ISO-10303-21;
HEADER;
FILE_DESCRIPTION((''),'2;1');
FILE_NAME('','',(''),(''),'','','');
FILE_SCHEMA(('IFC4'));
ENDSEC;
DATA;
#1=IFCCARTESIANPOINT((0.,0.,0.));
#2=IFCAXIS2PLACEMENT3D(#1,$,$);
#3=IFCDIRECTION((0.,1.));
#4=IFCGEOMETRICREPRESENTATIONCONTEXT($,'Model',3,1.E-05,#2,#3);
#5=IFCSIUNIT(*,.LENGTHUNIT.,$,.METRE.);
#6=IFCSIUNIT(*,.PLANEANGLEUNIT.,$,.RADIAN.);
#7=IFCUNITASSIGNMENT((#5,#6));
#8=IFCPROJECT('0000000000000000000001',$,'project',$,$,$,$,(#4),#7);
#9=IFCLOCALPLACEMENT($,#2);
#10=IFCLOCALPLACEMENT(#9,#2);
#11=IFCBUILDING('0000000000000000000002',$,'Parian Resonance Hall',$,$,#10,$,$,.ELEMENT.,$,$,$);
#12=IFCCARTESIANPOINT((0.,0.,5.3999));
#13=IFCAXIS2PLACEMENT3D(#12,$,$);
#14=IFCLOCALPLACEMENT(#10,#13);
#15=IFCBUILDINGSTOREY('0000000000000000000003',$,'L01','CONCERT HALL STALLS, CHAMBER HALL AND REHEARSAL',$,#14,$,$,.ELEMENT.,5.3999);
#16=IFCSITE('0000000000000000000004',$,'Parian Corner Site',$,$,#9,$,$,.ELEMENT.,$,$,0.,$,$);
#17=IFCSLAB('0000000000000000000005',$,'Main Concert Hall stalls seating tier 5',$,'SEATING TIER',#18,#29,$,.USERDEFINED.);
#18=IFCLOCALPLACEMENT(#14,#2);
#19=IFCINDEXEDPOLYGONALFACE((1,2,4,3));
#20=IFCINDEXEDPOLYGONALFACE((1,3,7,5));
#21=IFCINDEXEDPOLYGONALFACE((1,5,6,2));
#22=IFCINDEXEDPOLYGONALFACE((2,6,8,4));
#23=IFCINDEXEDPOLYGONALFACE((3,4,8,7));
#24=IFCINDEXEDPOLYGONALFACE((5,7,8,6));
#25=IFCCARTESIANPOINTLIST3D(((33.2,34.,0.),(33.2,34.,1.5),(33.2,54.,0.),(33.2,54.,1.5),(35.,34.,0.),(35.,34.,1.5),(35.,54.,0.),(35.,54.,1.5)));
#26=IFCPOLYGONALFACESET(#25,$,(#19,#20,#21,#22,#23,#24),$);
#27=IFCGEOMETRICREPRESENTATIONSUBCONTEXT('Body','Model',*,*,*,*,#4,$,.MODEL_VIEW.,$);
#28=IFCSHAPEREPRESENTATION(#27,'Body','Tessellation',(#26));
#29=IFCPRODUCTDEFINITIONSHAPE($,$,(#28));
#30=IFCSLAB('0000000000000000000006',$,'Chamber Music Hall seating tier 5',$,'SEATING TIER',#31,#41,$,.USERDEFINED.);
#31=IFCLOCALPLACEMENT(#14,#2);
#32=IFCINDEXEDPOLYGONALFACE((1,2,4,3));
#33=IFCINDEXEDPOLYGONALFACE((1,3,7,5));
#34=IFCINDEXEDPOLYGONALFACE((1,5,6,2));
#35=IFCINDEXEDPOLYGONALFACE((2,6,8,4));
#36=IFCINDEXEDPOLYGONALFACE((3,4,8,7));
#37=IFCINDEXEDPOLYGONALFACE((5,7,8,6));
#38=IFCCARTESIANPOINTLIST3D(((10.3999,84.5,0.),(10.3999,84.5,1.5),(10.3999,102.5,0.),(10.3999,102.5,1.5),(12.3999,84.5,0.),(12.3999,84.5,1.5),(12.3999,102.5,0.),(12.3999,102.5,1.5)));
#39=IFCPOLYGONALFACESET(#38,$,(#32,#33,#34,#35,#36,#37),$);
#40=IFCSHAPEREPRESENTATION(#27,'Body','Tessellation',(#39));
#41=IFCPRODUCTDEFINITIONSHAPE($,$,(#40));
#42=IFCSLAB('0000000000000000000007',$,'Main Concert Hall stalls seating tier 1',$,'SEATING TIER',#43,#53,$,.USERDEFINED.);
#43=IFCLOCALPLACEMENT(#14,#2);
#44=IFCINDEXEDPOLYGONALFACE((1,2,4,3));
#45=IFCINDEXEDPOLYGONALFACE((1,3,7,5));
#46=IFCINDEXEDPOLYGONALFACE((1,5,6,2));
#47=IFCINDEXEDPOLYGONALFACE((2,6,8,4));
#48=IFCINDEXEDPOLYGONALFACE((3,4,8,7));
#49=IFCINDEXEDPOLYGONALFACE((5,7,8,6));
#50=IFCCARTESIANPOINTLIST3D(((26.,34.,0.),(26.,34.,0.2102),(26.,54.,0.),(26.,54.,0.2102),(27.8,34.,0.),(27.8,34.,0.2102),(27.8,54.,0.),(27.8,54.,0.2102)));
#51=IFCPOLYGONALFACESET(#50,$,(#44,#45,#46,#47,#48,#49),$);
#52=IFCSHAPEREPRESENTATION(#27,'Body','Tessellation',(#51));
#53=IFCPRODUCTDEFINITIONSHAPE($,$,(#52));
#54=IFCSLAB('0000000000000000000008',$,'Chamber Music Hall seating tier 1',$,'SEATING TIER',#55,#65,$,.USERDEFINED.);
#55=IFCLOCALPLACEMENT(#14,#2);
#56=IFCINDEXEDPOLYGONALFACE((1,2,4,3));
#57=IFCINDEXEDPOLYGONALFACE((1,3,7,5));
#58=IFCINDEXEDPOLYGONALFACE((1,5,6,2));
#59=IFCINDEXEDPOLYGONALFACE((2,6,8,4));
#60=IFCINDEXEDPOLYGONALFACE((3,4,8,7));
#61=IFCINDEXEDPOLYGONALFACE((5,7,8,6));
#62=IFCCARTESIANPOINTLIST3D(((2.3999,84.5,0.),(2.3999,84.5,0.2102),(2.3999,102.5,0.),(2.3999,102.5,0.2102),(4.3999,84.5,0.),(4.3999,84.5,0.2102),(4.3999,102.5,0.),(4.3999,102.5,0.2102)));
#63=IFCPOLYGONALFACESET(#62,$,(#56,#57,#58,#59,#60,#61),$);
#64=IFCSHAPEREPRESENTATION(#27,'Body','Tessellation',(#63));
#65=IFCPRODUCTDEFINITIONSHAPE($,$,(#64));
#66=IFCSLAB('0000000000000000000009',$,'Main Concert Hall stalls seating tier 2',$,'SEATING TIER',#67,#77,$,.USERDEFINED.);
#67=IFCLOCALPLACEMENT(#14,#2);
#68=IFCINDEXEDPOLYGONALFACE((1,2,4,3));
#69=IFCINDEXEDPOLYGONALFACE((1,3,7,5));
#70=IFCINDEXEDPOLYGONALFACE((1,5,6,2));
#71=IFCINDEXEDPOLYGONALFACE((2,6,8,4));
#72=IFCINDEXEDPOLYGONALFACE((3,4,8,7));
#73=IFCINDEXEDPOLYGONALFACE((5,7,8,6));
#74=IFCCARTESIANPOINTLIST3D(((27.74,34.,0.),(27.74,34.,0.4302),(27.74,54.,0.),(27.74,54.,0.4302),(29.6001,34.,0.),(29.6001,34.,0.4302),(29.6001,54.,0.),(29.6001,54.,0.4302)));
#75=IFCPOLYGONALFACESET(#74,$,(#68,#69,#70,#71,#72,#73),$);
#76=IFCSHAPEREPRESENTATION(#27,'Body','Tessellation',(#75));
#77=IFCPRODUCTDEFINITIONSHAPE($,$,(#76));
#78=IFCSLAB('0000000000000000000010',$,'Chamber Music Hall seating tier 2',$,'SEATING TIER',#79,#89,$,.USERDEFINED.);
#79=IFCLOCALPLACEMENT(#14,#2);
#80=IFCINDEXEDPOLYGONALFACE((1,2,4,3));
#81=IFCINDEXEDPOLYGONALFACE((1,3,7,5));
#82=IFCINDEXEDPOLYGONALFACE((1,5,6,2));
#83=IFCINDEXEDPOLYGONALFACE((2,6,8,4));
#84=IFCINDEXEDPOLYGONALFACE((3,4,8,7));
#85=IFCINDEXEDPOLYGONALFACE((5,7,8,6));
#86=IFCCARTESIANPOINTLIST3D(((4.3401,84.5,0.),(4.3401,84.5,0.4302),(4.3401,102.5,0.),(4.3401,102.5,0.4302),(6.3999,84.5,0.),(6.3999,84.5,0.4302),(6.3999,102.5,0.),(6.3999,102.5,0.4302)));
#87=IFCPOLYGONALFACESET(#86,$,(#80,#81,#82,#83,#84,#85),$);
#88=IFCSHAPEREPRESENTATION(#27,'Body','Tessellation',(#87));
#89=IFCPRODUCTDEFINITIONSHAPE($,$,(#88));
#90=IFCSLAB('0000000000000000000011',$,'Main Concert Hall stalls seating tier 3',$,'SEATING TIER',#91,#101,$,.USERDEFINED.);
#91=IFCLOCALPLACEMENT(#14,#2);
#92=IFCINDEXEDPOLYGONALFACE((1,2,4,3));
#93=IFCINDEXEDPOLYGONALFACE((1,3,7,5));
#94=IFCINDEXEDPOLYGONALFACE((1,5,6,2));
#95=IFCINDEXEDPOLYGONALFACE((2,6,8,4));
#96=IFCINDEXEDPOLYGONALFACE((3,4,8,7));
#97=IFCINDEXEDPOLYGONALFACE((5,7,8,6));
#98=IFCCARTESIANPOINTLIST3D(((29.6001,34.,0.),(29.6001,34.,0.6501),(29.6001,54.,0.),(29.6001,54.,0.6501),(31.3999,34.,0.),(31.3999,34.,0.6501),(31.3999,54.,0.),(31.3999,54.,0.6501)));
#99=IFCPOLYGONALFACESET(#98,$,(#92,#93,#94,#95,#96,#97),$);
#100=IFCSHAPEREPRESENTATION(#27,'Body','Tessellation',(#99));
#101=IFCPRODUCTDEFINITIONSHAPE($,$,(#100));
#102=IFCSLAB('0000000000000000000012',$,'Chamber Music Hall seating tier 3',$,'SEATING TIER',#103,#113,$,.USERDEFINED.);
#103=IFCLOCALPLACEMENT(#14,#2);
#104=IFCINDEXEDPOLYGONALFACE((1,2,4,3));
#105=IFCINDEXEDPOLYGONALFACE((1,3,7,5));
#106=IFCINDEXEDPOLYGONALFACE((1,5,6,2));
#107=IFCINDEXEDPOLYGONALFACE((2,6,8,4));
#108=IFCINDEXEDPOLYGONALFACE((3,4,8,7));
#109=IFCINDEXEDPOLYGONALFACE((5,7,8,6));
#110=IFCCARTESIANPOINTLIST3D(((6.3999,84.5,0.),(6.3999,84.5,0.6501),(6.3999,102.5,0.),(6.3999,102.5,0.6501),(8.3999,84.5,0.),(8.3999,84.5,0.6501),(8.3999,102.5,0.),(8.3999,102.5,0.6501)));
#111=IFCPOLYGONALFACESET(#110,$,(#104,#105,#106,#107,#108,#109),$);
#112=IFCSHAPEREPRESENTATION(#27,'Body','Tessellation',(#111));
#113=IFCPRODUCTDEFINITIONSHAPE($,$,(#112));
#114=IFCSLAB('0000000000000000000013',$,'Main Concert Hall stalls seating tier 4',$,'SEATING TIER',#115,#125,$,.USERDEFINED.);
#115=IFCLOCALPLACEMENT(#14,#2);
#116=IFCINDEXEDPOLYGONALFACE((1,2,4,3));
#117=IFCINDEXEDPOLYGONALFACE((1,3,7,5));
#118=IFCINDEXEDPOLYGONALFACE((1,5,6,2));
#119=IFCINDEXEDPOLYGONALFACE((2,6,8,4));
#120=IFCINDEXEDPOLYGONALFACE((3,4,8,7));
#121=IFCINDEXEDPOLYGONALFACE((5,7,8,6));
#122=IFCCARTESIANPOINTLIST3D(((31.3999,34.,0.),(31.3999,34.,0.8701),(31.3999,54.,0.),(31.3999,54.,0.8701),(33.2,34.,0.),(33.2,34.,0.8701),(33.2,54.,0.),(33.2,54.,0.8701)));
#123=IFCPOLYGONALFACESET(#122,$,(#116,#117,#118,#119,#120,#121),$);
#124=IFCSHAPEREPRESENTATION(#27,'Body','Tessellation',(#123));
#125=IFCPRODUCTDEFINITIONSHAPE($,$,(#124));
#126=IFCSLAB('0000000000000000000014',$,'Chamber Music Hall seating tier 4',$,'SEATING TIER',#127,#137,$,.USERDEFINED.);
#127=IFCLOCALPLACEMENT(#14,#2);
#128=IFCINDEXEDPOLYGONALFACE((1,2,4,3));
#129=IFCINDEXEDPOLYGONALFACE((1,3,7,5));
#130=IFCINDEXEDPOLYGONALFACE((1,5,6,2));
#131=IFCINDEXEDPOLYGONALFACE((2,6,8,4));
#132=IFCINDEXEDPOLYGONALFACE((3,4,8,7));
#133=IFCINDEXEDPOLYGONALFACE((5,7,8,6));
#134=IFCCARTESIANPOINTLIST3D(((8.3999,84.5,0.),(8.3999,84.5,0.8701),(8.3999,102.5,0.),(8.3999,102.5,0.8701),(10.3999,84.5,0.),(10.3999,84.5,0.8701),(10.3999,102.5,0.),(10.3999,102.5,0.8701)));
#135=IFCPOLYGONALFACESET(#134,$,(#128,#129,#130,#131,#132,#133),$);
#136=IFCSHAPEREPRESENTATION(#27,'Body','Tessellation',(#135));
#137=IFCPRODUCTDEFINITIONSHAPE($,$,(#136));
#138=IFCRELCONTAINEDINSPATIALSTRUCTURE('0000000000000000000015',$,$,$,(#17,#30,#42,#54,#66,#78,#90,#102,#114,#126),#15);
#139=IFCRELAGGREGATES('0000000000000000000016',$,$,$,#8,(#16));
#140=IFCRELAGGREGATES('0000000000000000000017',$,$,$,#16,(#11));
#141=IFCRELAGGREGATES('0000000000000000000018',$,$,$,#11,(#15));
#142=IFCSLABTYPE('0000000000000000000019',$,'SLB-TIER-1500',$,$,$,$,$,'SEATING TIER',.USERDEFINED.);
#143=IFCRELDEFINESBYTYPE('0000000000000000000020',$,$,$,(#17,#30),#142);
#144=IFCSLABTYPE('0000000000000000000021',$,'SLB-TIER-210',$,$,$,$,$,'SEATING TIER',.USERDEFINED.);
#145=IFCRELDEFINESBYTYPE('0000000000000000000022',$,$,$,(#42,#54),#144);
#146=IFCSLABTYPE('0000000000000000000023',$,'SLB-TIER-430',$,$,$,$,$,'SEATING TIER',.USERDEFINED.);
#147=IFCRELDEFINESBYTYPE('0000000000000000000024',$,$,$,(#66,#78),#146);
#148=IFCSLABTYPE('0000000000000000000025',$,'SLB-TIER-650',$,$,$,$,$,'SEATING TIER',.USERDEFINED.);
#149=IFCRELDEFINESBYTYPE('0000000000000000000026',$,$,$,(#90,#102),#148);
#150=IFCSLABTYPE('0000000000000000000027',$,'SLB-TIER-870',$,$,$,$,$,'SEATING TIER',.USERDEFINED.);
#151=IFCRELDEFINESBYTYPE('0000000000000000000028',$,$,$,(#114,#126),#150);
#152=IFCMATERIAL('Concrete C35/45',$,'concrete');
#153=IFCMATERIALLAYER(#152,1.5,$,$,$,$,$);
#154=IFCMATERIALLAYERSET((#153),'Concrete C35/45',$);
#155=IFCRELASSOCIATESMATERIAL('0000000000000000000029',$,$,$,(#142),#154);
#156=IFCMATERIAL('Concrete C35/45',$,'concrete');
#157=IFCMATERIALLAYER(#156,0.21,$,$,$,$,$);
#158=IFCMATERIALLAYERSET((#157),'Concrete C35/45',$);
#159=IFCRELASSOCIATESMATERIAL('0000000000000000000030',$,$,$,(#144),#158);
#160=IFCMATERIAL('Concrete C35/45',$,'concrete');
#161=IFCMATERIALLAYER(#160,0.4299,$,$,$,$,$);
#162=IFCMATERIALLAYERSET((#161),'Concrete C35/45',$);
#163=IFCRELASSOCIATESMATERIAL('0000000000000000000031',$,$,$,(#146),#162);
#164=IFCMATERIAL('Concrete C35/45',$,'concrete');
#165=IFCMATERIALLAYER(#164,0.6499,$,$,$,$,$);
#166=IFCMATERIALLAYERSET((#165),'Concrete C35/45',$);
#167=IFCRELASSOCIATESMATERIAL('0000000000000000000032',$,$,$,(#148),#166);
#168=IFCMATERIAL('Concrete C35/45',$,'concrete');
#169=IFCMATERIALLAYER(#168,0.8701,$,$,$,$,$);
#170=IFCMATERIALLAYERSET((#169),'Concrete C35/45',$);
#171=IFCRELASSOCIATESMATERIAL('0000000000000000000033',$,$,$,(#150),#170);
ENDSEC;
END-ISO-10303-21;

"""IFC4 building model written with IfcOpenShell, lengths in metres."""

from ifc_helpers import new_model, si_unit, direction, frame, origin, place, context, subcontext, project, spatial, polyline, outline, extrude, material, layer, layer_set, type_object, element, save


model = new_model("IFC4")

# Units and contexts
model_context = context("Model", 3, precision=1e-05, world=origin(), true_north=direction((0.0, 1.0)))
body_context = subcontext(model_context, "Body", "Model", "MODEL_VIEW")
ifc_project = project(units=[si_unit("LENGTHUNIT", "METRE"), si_unit("PLANEANGLEUNIT", "RADIAN")], contexts=[model_context])

# Site, building, storey
site_placement = place(None, origin())
site = spatial("IfcSite", under=ifc_project, at=site_placement, Name="Parian Corner Site", CompositionType="ELEMENT", RefElevation=0.0)
building_placement = place(site_placement, origin())
building = spatial("IfcBuilding", under=site, at=building_placement, Name="Parian Resonance Hall", CompositionType="ELEMENT")
storey_placement = place(building_placement, frame((0.0, 0.0, 5.3999)))
storey = spatial("IfcBuildingStorey", under=building, at=storey_placement, Name="L01", Description="CONCERT HALL STALLS, CHAMBER HALL AND REHEARSAL", CompositionType="ELEMENT", Elevation=5.3999)

# Slabs
ifc_material_1 = material(Name="Concrete C35/45", Category="concrete")
ifc_layer_1 = layer(ifc_material_1, 1.5)
ifc_layer_set_1 = layer_set([ifc_layer_1], Name="Concrete C35/45")
slab_type_1 = type_object("IfcSlabType", Name="SLB-TIER-1500", ElementType="SEATING TIER", PredefinedType="USERDEFINED", material=ifc_layer_set_1)
slab_1_placement = place(storey_placement, origin())
element("IfcSlab", 1, at=slab_1_placement, inside=storey, type_object=slab_type_1, Name="Main Concert Hall stalls seating tier 5", ObjectType="SEATING TIER", PredefinedType="USERDEFINED", context=body_context, shape_type="SweptSolid", body=[
    extrude(outline(polyline([(33.2, 34.0), (35.0, 34.0), (35.0, 54.0), (33.2, 54.0), (33.2, 34.0)])), origin(), (0.0, 0.0, 1.0), 1.5),
])
slab_2_placement = place(storey_placement, origin())
element("IfcSlab", 2, at=slab_2_placement, inside=storey, type_object=slab_type_1, Name="Chamber Music Hall seating tier 5", ObjectType="SEATING TIER", PredefinedType="USERDEFINED", context=body_context, shape_type="SweptSolid", body=[
    extrude(outline(polyline([(10.3999, 84.5), (12.3999, 84.5), (12.3999, 102.5), (10.3999, 102.5), (10.3999, 84.5)])), origin(), (0.0, 0.0, 1.0), 1.5),
])
ifc_material_2 = material(Name="Concrete C35/45", Category="concrete")
ifc_layer_2 = layer(ifc_material_2, 0.21)
ifc_layer_set_2 = layer_set([ifc_layer_2], Name="Concrete C35/45")
slab_type_2 = type_object("IfcSlabType", Name="SLB-TIER-210", ElementType="SEATING TIER", PredefinedType="USERDEFINED", material=ifc_layer_set_2)
slab_3_placement = place(storey_placement, origin())
element("IfcSlab", 3, at=slab_3_placement, inside=storey, type_object=slab_type_2, Name="Main Concert Hall stalls seating tier 1", ObjectType="SEATING TIER", PredefinedType="USERDEFINED", context=body_context, shape_type="SweptSolid", body=[
    extrude(outline(polyline([(26.0, 34.0), (27.8, 34.0), (27.8, 54.0), (26.0, 54.0), (26.0, 34.0)])), origin(), (0.0, 0.0, 1.0), 0.2102),
])
slab_4_placement = place(storey_placement, origin())
element("IfcSlab", 4, at=slab_4_placement, inside=storey, type_object=slab_type_2, Name="Chamber Music Hall seating tier 1", ObjectType="SEATING TIER", PredefinedType="USERDEFINED", context=body_context, shape_type="SweptSolid", body=[
    extrude(outline(polyline([(2.3999, 84.5), (4.3999, 84.5), (4.3999, 102.5), (2.3999, 102.5), (2.3999, 84.5)])), origin(), (0.0, 0.0, 1.0), 0.2102),
])
ifc_material_3 = material(Name="Concrete C35/45", Category="concrete")
ifc_layer_3 = layer(ifc_material_3, 0.4299)
ifc_layer_set_3 = layer_set([ifc_layer_3], Name="Concrete C35/45")
slab_type_3 = type_object("IfcSlabType", Name="SLB-TIER-430", ElementType="SEATING TIER", PredefinedType="USERDEFINED", material=ifc_layer_set_3)
slab_5_placement = place(storey_placement, origin())
element("IfcSlab", 5, at=slab_5_placement, inside=storey, type_object=slab_type_3, Name="Main Concert Hall stalls seating tier 2", ObjectType="SEATING TIER", PredefinedType="USERDEFINED", context=body_context, shape_type="SweptSolid", body=[
    extrude(outline(polyline([(27.74, 34.0), (29.6001, 34.0), (29.6001, 54.0), (27.74, 54.0), (27.74, 34.0)])), origin(), (0.0, 0.0, 1.0), 0.4302),
])
slab_6_placement = place(storey_placement, origin())
element("IfcSlab", 6, at=slab_6_placement, inside=storey, type_object=slab_type_3, Name="Chamber Music Hall seating tier 2", ObjectType="SEATING TIER", PredefinedType="USERDEFINED", context=body_context, shape_type="SweptSolid", body=[
    extrude(outline(polyline([(4.3401, 84.5), (6.3999, 84.5), (6.3999, 102.5), (4.3401, 102.5), (4.3401, 84.5)])), origin(), (0.0, 0.0, 1.0), 0.4302),
])
ifc_material_4 = material(Name="Concrete C35/45", Category="concrete")
ifc_layer_4 = layer(ifc_material_4, 0.6499)
ifc_layer_set_4 = layer_set([ifc_layer_4], Name="Concrete C35/45")
slab_type_4 = type_object("IfcSlabType", Name="SLB-TIER-650", ElementType="SEATING TIER", PredefinedType="USERDEFINED", material=ifc_layer_set_4)
slab_7_placement = place(storey_placement, origin())
element("IfcSlab", 7, at=slab_7_placement, inside=storey, type_object=slab_type_4, Name="Main Concert Hall stalls seating tier 3", ObjectType="SEATING TIER", PredefinedType="USERDEFINED", context=body_context, shape_type="SweptSolid", body=[
    extrude(outline(polyline([(29.6001, 34.0), (31.3999, 34.0), (31.3999, 54.0), (29.6001, 54.0), (29.6001, 34.0)])), origin(), (0.0, 0.0, 1.0), 0.6501),
])
slab_8_placement = place(storey_placement, origin())
element("IfcSlab", 8, at=slab_8_placement, inside=storey, type_object=slab_type_4, Name="Chamber Music Hall seating tier 3", ObjectType="SEATING TIER", PredefinedType="USERDEFINED", context=body_context, shape_type="SweptSolid", body=[
    extrude(outline(polyline([(6.3999, 84.5), (8.3999, 84.5), (8.3999, 102.5), (6.3999, 102.5), (6.3999, 84.5)])), origin(), (0.0, 0.0, 1.0), 0.6501),
])
ifc_material_5 = material(Name="Concrete C35/45", Category="concrete")
ifc_layer_5 = layer(ifc_material_5, 0.8701)
ifc_layer_set_5 = layer_set([ifc_layer_5], Name="Concrete C35/45")
slab_type_5 = type_object("IfcSlabType", Name="SLB-TIER-870", ElementType="SEATING TIER", PredefinedType="USERDEFINED", material=ifc_layer_set_5)
slab_9_placement = place(storey_placement, origin())
element("IfcSlab", 9, at=slab_9_placement, inside=storey, type_object=slab_type_5, Name="Main Concert Hall stalls seating tier 4", ObjectType="SEATING TIER", PredefinedType="USERDEFINED", context=body_context, shape_type="SweptSolid", body=[
    extrude(outline(polyline([(31.3999, 34.0), (33.2, 34.0), (33.2, 54.0), (31.3999, 54.0), (31.3999, 34.0)])), origin(), (0.0, 0.0, 1.0), 0.8701),
])
slab_10_placement = place(storey_placement, origin())
element("IfcSlab", 10, at=slab_10_placement, inside=storey, type_object=slab_type_5, Name="Chamber Music Hall seating tier 4", ObjectType="SEATING TIER", PredefinedType="USERDEFINED", context=body_context, shape_type="SweptSolid", body=[
    extrude(outline(polyline([(8.3999, 84.5), (10.3999, 84.5), (10.3999, 102.5), (8.3999, 102.5), (8.3999, 84.5)])), origin(), (0.0, 0.0, 1.0), 0.8701),
])

save(model, "model.ifc")
